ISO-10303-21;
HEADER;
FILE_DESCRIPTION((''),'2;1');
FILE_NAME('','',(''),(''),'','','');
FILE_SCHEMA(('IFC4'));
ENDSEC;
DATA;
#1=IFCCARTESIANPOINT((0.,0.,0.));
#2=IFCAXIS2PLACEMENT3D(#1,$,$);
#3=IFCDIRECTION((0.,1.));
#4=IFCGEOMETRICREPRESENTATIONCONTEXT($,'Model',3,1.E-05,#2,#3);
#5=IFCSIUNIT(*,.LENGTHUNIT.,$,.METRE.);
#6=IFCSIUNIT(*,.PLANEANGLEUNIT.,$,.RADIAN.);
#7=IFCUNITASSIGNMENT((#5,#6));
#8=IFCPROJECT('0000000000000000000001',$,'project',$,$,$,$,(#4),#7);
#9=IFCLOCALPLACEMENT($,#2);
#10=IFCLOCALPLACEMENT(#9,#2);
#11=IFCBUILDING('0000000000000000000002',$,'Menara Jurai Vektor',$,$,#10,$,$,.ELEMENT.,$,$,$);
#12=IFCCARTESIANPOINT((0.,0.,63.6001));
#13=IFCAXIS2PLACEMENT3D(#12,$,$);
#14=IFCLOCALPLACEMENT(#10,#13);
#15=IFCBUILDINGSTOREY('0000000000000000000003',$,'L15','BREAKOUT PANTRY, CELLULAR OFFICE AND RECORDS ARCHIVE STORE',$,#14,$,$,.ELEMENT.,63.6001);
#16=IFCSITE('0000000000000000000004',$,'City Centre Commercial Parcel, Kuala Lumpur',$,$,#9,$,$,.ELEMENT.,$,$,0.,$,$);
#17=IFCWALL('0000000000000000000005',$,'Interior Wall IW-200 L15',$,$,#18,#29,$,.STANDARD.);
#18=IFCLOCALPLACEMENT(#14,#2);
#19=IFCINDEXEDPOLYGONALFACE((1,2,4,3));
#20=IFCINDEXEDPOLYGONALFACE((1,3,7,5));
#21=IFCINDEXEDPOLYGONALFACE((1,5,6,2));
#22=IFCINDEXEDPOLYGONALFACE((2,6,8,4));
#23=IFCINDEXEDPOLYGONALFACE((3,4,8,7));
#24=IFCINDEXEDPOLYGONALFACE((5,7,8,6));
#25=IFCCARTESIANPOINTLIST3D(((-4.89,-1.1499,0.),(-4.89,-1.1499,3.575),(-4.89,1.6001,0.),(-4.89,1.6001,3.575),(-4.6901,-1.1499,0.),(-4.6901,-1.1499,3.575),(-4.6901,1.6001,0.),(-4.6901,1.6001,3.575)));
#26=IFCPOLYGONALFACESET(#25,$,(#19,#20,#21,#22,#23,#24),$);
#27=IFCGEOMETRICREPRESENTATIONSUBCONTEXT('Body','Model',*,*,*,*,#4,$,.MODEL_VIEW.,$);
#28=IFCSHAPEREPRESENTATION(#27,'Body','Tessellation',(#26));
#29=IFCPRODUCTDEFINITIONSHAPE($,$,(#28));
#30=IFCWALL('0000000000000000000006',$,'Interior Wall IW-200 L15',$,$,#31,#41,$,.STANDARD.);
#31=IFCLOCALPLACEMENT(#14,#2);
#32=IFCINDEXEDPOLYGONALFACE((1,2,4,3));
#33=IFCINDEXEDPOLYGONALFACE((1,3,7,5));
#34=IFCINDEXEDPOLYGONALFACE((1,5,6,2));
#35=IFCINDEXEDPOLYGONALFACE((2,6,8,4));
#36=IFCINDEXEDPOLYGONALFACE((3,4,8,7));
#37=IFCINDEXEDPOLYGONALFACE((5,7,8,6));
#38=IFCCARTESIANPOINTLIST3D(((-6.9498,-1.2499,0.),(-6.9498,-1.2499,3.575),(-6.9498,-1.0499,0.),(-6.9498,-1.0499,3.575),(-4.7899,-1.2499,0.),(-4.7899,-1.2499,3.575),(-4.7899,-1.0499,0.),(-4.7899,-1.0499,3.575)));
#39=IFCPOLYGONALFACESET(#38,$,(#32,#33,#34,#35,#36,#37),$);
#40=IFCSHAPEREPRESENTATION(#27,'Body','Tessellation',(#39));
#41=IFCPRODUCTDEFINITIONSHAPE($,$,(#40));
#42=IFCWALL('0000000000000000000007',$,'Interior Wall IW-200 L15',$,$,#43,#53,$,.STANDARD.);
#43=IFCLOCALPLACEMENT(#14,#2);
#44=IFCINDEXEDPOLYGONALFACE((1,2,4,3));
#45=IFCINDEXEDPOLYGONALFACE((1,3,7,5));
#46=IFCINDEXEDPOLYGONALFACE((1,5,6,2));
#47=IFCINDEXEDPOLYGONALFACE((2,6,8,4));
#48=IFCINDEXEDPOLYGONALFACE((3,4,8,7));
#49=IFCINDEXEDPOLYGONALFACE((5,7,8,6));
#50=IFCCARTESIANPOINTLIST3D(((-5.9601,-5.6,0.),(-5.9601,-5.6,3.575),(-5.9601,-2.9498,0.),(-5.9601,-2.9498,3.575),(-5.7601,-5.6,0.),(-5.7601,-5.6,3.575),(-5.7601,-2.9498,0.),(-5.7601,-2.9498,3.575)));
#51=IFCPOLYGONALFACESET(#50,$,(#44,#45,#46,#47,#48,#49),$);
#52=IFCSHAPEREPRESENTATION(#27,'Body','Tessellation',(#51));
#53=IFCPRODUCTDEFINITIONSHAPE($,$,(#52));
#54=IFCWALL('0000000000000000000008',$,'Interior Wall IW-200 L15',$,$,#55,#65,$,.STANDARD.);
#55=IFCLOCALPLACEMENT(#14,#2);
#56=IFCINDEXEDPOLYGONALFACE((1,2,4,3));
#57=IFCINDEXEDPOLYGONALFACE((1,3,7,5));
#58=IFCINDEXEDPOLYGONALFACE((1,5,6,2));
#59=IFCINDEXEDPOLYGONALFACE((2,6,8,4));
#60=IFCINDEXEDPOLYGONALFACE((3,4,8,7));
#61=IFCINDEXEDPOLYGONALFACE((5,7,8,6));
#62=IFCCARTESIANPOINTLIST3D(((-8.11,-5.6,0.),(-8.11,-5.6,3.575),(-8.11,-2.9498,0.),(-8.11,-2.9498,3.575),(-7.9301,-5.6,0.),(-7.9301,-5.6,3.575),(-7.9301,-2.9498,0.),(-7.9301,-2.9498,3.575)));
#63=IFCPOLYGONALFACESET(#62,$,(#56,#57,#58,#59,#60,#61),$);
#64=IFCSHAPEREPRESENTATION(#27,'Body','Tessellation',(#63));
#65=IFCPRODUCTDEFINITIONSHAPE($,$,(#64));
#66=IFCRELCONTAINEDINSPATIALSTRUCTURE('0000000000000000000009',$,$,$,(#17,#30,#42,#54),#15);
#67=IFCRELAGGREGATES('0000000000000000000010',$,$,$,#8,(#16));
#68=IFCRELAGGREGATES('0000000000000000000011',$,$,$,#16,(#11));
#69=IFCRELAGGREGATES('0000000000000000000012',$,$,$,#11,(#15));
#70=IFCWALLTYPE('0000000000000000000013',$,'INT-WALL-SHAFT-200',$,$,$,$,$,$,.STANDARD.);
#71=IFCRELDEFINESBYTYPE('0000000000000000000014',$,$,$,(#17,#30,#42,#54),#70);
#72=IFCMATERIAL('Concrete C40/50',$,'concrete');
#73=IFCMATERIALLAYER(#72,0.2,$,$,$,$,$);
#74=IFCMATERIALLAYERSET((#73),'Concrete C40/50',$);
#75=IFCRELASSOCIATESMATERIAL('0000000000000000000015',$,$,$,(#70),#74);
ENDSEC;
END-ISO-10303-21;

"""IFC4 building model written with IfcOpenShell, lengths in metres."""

from ifc_helpers import new_model, si_unit, direction, frame, frame_2d, origin, place, context, subcontext, project, spatial, rectangle, extrude, material, layer, layer_set, type_object, element, save


model = new_model("IFC4")

# Units and contexts
model_context = context("Model", 3, precision=1e-05, world=origin(), true_north=direction((0.0, 1.0)))
body_context = subcontext(model_context, "Body", "Model", "MODEL_VIEW")
ifc_project = project(units=[si_unit("LENGTHUNIT", "METRE"), si_unit("PLANEANGLEUNIT", "RADIAN")], contexts=[model_context])

# Site, building, storey
site_placement = place(None, origin())
site = spatial("IfcSite", under=ifc_project, at=site_placement, Name="City Centre Commercial Parcel, Kuala Lumpur", CompositionType="ELEMENT", RefElevation=0.0)
building_placement = place(site_placement, origin())
building = spatial("IfcBuilding", under=site, at=building_placement, Name="Menara Jurai Vektor", CompositionType="ELEMENT")
storey_placement = place(building_placement, frame((0.0, 0.0, 63.6001)))
storey = spatial("IfcBuildingStorey", under=building, at=storey_placement, Name="L15", Description="BREAKOUT PANTRY, CELLULAR OFFICE AND RECORDS ARCHIVE STORE", CompositionType="ELEMENT", Elevation=63.6001)

# Shared definitions
ifc_material_1 = material(Name="Concrete C40/50", Category="concrete")
ifc_layer_1 = layer(ifc_material_1, 0.2)
ifc_layer_set_1 = layer_set([ifc_layer_1], Name="Concrete C40/50")
wall_type_1 = type_object("IfcWallType", Name="INT-WALL-SHAFT-200", PredefinedType="STANDARD", material=ifc_layer_set_1)

# Walls
for number, where, z_axis, x_axis, name in (
    (1, (-4.79, -1.1499, 0.0), (0.0, 0.0, 1.0), (0.0, 1.0, 0.0), "Interior Wall IW-200 L15"),
):
    element("IfcWall", number, at=place(storey_placement, frame(where, z_axis=z_axis, x_axis=x_axis)), inside=storey, type_object=wall_type_1, Name=name, PredefinedType="STANDARD", context=body_context, shape_type="SweptSolid", body=[
        extrude(rectangle(XDim=2.75, YDim=0.2, at=frame_2d((1.375, 0.0))), origin(), (0.0, 0.0, 1.0), 3.575),
    ])
wall_1_placement = place(storey_placement, frame((-6.95, -1.1499, 0.0), z_axis=(0.0, 0.0, 1.0), x_axis=(1.0, 0.0, 0.0)))
element("IfcWall", 2, at=wall_1_placement, inside=storey, type_object=wall_type_1, Name="Interior Wall IW-200 L15", PredefinedType="STANDARD", context=body_context, shape_type="SweptSolid", body=[
    extrude(rectangle(XDim=2.1599, YDim=0.2, at=frame_2d((1.0801, 0.0))), origin(), (0.0, 0.0, 1.0), 3.575),
])
wall_2_placement = place(storey_placement, frame((-5.8601, -5.6001, 0.0), z_axis=(0.0, 0.0, 1.0), x_axis=(0.0, 1.0, 0.0)))
element("IfcWall", 3, at=wall_2_placement, inside=storey, type_object=wall_type_1, Name="Interior Wall IW-200 L15", PredefinedType="STANDARD", context=body_context, shape_type="SweptSolid", body=[
    extrude(rectangle(XDim=2.6501, YDim=0.2, at=frame_2d((1.3252, 0.0))), origin(), (0.0, 0.0, 1.0), 3.575),
])
wall_3_placement = place(storey_placement, frame((-8.02, -5.6001, 0.0), z_axis=(0.0, 0.0, 1.0), x_axis=(0.0, 1.0, 0.0)))
element("IfcWall", 4, at=wall_3_placement, inside=storey, type_object=wall_type_1, Name="Interior Wall IW-200 L15", PredefinedType="STANDARD", context=body_context, shape_type="SweptSolid", body=[
    extrude(rectangle(XDim=2.6501, YDim=0.1799, at=frame_2d((1.3252, 0.0))), origin(), (0.0, 0.0, 1.0), 3.575),
])

save(model, "model.ifc")
